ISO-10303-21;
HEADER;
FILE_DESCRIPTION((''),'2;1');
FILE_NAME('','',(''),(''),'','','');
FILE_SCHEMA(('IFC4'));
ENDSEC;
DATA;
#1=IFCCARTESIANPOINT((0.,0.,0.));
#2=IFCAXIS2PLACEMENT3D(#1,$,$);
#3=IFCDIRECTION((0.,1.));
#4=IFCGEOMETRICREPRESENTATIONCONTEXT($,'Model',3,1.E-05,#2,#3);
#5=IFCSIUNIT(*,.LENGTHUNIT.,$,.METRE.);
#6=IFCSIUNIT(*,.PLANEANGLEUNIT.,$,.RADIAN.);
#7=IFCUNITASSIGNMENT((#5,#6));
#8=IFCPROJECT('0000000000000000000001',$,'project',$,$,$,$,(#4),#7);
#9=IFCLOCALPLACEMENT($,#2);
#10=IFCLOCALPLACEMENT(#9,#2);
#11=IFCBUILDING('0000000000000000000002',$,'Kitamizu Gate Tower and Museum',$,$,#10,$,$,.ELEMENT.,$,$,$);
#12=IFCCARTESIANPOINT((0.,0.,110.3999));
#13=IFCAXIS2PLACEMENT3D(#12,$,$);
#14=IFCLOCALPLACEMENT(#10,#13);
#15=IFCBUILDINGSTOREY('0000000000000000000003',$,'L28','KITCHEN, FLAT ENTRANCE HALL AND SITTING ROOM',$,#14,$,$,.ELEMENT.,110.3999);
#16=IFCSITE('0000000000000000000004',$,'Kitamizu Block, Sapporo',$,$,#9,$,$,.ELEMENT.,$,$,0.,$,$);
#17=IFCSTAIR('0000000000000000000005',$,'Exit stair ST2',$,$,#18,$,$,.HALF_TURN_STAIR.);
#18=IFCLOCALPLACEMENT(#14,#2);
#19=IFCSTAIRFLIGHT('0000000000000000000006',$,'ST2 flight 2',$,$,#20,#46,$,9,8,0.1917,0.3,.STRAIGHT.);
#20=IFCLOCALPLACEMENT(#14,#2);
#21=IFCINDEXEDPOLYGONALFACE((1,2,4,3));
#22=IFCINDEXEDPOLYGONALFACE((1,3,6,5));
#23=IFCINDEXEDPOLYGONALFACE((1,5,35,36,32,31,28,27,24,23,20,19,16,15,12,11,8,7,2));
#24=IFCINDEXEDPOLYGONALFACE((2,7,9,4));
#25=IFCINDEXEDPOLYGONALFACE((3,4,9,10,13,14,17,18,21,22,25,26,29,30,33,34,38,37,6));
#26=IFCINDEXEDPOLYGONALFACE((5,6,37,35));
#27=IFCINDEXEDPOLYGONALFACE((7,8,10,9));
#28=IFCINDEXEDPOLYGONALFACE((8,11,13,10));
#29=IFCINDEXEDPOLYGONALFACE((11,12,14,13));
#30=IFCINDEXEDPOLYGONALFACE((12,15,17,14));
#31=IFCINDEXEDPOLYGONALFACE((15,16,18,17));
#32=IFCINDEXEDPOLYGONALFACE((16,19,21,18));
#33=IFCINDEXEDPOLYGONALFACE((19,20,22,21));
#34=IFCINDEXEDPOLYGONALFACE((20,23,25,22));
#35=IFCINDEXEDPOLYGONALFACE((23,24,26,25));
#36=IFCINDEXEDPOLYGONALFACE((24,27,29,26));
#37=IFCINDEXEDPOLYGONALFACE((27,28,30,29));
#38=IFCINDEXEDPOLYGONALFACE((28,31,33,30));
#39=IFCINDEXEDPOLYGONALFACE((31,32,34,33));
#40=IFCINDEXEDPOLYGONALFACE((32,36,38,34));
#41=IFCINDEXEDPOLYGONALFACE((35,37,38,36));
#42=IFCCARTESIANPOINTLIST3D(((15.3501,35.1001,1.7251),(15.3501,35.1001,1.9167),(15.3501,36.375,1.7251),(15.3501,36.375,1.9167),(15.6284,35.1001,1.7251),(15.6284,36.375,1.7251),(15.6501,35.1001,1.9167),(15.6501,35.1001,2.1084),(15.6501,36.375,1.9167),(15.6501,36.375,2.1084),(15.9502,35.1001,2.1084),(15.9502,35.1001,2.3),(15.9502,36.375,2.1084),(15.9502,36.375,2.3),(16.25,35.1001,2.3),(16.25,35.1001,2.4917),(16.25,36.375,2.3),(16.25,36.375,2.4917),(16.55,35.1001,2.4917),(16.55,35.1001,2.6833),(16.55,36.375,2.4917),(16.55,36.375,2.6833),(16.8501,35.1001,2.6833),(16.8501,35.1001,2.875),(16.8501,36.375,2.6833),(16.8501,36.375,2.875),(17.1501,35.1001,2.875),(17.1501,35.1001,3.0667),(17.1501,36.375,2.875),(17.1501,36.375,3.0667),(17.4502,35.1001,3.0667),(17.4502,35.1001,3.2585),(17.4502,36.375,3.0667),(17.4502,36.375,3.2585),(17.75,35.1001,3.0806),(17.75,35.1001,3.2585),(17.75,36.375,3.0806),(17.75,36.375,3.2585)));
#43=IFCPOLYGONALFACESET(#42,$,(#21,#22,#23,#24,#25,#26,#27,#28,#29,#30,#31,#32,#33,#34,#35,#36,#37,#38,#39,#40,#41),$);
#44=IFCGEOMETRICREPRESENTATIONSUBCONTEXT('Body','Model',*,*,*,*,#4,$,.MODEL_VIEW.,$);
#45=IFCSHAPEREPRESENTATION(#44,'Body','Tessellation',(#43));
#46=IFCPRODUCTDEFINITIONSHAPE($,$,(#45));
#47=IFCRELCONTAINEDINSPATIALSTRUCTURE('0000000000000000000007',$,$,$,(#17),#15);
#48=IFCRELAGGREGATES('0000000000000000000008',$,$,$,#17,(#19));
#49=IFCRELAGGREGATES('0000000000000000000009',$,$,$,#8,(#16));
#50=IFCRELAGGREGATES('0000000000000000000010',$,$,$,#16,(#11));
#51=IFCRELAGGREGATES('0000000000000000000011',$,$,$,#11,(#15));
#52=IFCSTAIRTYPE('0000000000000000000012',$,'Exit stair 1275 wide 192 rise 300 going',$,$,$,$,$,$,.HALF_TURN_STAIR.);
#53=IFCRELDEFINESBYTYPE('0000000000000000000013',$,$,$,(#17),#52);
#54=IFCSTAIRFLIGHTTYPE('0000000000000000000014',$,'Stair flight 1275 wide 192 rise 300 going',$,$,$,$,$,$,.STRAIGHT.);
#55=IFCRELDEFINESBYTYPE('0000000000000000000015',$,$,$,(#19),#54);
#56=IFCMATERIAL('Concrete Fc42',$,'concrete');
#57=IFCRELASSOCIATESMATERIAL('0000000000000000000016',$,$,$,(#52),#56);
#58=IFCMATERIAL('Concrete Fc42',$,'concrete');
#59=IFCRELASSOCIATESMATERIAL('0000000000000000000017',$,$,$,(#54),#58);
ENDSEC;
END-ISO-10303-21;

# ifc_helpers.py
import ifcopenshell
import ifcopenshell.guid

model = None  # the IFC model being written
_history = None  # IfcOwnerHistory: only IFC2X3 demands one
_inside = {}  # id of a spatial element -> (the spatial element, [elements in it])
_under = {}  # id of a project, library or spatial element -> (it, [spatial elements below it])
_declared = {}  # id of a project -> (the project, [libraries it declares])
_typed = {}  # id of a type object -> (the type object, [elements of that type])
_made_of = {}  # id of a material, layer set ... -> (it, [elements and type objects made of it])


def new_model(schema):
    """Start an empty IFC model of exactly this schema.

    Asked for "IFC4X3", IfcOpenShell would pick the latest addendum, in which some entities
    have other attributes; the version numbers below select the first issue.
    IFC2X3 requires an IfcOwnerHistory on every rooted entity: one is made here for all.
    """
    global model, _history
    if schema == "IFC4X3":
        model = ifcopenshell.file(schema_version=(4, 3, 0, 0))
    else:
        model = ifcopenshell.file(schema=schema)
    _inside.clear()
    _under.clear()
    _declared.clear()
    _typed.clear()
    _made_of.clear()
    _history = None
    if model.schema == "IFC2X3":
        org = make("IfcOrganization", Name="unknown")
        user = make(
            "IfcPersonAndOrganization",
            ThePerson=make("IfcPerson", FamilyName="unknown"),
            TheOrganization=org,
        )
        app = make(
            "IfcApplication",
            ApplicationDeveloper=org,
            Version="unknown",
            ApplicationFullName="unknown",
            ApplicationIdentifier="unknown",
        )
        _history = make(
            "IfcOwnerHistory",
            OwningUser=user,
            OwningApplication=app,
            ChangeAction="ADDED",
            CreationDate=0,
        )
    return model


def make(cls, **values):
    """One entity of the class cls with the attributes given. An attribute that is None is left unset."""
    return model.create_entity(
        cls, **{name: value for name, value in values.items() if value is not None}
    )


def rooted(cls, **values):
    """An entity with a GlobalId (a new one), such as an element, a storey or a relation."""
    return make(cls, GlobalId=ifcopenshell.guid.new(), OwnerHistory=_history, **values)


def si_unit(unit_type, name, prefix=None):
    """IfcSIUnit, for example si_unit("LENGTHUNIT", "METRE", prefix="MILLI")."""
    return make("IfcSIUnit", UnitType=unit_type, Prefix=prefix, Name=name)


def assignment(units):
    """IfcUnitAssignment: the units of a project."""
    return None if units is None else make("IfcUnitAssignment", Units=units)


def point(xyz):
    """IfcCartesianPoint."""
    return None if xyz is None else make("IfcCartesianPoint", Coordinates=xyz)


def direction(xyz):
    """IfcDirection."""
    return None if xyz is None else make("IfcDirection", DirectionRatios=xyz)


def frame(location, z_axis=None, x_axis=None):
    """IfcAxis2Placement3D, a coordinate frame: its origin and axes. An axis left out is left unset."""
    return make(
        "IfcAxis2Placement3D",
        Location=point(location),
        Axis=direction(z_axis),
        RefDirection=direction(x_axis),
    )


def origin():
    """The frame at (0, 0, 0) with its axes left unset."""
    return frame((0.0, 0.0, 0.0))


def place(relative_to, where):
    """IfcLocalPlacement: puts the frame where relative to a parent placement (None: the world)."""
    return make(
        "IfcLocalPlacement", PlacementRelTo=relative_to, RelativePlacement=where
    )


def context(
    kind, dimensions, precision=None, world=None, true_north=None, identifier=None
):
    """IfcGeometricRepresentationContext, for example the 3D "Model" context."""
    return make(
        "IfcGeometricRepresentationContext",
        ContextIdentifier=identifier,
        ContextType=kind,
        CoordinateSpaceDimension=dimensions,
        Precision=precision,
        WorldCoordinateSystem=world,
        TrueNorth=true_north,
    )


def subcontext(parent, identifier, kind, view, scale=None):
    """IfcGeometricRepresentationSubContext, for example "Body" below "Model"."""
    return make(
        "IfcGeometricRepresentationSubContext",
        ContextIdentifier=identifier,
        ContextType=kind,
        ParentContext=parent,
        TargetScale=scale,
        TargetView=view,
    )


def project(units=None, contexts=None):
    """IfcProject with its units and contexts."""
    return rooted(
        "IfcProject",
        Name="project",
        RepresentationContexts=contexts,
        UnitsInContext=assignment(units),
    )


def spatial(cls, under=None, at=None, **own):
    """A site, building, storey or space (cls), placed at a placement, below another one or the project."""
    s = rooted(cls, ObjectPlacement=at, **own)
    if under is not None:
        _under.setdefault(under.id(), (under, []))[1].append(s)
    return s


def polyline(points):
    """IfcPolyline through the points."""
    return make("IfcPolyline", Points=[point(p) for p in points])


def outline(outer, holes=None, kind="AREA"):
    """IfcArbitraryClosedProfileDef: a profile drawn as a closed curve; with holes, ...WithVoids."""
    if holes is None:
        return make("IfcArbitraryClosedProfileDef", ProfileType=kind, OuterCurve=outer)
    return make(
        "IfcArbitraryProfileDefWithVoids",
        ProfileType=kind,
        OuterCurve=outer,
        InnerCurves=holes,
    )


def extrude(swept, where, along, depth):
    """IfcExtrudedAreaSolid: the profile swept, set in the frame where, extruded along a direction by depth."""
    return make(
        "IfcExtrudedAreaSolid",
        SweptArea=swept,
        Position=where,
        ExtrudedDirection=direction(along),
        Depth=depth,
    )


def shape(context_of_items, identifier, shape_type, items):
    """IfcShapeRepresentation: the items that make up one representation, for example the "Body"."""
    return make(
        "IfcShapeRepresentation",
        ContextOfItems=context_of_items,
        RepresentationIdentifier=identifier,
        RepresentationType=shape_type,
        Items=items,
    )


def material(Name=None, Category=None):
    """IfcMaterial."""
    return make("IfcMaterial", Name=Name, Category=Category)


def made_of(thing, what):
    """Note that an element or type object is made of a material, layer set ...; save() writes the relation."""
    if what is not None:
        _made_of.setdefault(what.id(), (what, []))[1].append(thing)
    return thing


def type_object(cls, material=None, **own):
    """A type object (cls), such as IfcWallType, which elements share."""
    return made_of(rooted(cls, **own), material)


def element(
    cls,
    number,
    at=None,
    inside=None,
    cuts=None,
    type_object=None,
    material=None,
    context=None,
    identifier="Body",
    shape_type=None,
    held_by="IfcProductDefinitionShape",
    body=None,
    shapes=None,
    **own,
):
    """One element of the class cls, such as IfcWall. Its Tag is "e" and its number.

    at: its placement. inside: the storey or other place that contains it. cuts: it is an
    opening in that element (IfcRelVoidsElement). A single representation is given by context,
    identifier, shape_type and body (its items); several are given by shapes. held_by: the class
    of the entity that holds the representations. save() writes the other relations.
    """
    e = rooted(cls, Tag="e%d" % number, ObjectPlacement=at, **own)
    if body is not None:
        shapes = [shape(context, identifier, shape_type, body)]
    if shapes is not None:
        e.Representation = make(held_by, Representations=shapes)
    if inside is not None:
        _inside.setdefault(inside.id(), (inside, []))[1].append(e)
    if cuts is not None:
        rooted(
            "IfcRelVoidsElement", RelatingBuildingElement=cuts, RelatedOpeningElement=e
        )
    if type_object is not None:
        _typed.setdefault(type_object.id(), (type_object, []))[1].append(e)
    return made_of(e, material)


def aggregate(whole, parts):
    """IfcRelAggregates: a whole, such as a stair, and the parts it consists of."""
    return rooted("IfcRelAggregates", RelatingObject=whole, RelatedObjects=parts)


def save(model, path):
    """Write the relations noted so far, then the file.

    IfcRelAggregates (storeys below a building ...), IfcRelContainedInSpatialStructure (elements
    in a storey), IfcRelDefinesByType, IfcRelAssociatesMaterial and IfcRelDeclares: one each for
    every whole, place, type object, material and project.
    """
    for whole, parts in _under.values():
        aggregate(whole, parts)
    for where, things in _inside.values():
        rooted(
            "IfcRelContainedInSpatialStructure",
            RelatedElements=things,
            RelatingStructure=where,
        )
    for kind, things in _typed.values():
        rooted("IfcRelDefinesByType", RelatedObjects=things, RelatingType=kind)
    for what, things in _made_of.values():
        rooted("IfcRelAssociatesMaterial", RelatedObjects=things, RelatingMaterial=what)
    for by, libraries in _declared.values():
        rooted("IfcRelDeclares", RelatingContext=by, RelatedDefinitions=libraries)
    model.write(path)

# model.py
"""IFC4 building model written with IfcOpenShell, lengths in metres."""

from ifc_helpers import new_model, si_unit, direction, frame, origin, place, context, subcontext, project, spatial, polyline, outline, extrude, material, type_object, element, aggregate, save


model = new_model("IFC4")

# Units and contexts
model_context = context("Model", 3, precision=1e-05, world=origin(), true_north=direction((0.0, 1.0)))
body_context = subcontext(model_context, "Body", "Model", "MODEL_VIEW")
ifc_project = project(units=[si_unit("LENGTHUNIT", "METRE"), si_unit("PLANEANGLEUNIT", "RADIAN")], contexts=[model_context])

# Site, building, storey
site_placement = place(None, origin())
site = spatial("IfcSite", under=ifc_project, at=site_placement, Name="Kitamizu Block, Sapporo", CompositionType="ELEMENT", RefElevation=0.0)
building_placement = place(site_placement, origin())
building = spatial("IfcBuilding", under=site, at=building_placement, Name="Kitamizu Gate Tower and Museum", CompositionType="ELEMENT")
storey_placement = place(building_placement, frame((0.0, 0.0, 110.3999)))
storey = spatial("IfcBuildingStorey", under=building, at=storey_placement, Name="L28", Description="KITCHEN, FLAT ENTRANCE HALL AND SITTING ROOM", CompositionType="ELEMENT", Elevation=110.3999)

# Stair, stair flight
ifc_material_1 = material(Name="Concrete Fc42", Category="concrete")
stair_type = type_object("IfcStairType", Name="Exit stair 1275 wide 192 rise 300 going", PredefinedType="HALF_TURN_STAIR", material=ifc_material_1)
stair_placement = place(storey_placement, origin())
stair = element("IfcStair", 1, at=stair_placement, inside=storey, type_object=stair_type, Name="Exit stair ST2", PredefinedType="HALF_TURN_STAIR")
ifc_material_2 = material(Name="Concrete Fc42", Category="concrete")
stair_flight_type = type_object("IfcStairFlightType", Name="Stair flight 1275 wide 192 rise 300 going", PredefinedType="STRAIGHT", material=ifc_material_2)
stair_flight_1_placement = place(storey_placement, frame((15.3501, 35.7375, 1.7251), z_axis=(0.0, 0.0, 1.0), x_axis=(1.0, 0.0, 0.0)))
stair_flight_1 = element("IfcStairFlight", 2, at=stair_flight_1_placement, type_object=stair_flight_type, Name="ST2 flight 2", NumberOfRisers=9, NumberOfTreads=8, PredefinedType="STRAIGHT", RiserHeight=0.1917, TreadLength=0.3, context=body_context, shape_type="SweptSolid", body=[
    extrude(outline(polyline([(0.0, 0.0), (0.0, 0.1917), (0.3, 0.1917), (0.3, 0.3833), (0.6001, 0.3833), (0.6001, 0.575), (0.8999, 0.575), (0.8999, 0.7666), (1.2, 0.7666), (1.2, 0.9583), (1.5, 0.9583), (1.5, 1.1499), (1.8, 1.1499), (1.8, 1.3416), (2.1001, 1.3416), (2.1001, 1.5334), (2.3999, 1.5334), (2.3999, 1.7251), (2.3999, 1.3555), (0.2783, 0.0), (0.0, 0.0)])), frame((0.0, 0.6375, 0.0), z_axis=(0.0, -1.0, 0.0), x_axis=(1.0, 0.0, 0.0)), (0.0, 0.0, 1.0), 1.2749),
])
aggregate(stair, [stair_flight_1])

save(model, "model.ifc")
